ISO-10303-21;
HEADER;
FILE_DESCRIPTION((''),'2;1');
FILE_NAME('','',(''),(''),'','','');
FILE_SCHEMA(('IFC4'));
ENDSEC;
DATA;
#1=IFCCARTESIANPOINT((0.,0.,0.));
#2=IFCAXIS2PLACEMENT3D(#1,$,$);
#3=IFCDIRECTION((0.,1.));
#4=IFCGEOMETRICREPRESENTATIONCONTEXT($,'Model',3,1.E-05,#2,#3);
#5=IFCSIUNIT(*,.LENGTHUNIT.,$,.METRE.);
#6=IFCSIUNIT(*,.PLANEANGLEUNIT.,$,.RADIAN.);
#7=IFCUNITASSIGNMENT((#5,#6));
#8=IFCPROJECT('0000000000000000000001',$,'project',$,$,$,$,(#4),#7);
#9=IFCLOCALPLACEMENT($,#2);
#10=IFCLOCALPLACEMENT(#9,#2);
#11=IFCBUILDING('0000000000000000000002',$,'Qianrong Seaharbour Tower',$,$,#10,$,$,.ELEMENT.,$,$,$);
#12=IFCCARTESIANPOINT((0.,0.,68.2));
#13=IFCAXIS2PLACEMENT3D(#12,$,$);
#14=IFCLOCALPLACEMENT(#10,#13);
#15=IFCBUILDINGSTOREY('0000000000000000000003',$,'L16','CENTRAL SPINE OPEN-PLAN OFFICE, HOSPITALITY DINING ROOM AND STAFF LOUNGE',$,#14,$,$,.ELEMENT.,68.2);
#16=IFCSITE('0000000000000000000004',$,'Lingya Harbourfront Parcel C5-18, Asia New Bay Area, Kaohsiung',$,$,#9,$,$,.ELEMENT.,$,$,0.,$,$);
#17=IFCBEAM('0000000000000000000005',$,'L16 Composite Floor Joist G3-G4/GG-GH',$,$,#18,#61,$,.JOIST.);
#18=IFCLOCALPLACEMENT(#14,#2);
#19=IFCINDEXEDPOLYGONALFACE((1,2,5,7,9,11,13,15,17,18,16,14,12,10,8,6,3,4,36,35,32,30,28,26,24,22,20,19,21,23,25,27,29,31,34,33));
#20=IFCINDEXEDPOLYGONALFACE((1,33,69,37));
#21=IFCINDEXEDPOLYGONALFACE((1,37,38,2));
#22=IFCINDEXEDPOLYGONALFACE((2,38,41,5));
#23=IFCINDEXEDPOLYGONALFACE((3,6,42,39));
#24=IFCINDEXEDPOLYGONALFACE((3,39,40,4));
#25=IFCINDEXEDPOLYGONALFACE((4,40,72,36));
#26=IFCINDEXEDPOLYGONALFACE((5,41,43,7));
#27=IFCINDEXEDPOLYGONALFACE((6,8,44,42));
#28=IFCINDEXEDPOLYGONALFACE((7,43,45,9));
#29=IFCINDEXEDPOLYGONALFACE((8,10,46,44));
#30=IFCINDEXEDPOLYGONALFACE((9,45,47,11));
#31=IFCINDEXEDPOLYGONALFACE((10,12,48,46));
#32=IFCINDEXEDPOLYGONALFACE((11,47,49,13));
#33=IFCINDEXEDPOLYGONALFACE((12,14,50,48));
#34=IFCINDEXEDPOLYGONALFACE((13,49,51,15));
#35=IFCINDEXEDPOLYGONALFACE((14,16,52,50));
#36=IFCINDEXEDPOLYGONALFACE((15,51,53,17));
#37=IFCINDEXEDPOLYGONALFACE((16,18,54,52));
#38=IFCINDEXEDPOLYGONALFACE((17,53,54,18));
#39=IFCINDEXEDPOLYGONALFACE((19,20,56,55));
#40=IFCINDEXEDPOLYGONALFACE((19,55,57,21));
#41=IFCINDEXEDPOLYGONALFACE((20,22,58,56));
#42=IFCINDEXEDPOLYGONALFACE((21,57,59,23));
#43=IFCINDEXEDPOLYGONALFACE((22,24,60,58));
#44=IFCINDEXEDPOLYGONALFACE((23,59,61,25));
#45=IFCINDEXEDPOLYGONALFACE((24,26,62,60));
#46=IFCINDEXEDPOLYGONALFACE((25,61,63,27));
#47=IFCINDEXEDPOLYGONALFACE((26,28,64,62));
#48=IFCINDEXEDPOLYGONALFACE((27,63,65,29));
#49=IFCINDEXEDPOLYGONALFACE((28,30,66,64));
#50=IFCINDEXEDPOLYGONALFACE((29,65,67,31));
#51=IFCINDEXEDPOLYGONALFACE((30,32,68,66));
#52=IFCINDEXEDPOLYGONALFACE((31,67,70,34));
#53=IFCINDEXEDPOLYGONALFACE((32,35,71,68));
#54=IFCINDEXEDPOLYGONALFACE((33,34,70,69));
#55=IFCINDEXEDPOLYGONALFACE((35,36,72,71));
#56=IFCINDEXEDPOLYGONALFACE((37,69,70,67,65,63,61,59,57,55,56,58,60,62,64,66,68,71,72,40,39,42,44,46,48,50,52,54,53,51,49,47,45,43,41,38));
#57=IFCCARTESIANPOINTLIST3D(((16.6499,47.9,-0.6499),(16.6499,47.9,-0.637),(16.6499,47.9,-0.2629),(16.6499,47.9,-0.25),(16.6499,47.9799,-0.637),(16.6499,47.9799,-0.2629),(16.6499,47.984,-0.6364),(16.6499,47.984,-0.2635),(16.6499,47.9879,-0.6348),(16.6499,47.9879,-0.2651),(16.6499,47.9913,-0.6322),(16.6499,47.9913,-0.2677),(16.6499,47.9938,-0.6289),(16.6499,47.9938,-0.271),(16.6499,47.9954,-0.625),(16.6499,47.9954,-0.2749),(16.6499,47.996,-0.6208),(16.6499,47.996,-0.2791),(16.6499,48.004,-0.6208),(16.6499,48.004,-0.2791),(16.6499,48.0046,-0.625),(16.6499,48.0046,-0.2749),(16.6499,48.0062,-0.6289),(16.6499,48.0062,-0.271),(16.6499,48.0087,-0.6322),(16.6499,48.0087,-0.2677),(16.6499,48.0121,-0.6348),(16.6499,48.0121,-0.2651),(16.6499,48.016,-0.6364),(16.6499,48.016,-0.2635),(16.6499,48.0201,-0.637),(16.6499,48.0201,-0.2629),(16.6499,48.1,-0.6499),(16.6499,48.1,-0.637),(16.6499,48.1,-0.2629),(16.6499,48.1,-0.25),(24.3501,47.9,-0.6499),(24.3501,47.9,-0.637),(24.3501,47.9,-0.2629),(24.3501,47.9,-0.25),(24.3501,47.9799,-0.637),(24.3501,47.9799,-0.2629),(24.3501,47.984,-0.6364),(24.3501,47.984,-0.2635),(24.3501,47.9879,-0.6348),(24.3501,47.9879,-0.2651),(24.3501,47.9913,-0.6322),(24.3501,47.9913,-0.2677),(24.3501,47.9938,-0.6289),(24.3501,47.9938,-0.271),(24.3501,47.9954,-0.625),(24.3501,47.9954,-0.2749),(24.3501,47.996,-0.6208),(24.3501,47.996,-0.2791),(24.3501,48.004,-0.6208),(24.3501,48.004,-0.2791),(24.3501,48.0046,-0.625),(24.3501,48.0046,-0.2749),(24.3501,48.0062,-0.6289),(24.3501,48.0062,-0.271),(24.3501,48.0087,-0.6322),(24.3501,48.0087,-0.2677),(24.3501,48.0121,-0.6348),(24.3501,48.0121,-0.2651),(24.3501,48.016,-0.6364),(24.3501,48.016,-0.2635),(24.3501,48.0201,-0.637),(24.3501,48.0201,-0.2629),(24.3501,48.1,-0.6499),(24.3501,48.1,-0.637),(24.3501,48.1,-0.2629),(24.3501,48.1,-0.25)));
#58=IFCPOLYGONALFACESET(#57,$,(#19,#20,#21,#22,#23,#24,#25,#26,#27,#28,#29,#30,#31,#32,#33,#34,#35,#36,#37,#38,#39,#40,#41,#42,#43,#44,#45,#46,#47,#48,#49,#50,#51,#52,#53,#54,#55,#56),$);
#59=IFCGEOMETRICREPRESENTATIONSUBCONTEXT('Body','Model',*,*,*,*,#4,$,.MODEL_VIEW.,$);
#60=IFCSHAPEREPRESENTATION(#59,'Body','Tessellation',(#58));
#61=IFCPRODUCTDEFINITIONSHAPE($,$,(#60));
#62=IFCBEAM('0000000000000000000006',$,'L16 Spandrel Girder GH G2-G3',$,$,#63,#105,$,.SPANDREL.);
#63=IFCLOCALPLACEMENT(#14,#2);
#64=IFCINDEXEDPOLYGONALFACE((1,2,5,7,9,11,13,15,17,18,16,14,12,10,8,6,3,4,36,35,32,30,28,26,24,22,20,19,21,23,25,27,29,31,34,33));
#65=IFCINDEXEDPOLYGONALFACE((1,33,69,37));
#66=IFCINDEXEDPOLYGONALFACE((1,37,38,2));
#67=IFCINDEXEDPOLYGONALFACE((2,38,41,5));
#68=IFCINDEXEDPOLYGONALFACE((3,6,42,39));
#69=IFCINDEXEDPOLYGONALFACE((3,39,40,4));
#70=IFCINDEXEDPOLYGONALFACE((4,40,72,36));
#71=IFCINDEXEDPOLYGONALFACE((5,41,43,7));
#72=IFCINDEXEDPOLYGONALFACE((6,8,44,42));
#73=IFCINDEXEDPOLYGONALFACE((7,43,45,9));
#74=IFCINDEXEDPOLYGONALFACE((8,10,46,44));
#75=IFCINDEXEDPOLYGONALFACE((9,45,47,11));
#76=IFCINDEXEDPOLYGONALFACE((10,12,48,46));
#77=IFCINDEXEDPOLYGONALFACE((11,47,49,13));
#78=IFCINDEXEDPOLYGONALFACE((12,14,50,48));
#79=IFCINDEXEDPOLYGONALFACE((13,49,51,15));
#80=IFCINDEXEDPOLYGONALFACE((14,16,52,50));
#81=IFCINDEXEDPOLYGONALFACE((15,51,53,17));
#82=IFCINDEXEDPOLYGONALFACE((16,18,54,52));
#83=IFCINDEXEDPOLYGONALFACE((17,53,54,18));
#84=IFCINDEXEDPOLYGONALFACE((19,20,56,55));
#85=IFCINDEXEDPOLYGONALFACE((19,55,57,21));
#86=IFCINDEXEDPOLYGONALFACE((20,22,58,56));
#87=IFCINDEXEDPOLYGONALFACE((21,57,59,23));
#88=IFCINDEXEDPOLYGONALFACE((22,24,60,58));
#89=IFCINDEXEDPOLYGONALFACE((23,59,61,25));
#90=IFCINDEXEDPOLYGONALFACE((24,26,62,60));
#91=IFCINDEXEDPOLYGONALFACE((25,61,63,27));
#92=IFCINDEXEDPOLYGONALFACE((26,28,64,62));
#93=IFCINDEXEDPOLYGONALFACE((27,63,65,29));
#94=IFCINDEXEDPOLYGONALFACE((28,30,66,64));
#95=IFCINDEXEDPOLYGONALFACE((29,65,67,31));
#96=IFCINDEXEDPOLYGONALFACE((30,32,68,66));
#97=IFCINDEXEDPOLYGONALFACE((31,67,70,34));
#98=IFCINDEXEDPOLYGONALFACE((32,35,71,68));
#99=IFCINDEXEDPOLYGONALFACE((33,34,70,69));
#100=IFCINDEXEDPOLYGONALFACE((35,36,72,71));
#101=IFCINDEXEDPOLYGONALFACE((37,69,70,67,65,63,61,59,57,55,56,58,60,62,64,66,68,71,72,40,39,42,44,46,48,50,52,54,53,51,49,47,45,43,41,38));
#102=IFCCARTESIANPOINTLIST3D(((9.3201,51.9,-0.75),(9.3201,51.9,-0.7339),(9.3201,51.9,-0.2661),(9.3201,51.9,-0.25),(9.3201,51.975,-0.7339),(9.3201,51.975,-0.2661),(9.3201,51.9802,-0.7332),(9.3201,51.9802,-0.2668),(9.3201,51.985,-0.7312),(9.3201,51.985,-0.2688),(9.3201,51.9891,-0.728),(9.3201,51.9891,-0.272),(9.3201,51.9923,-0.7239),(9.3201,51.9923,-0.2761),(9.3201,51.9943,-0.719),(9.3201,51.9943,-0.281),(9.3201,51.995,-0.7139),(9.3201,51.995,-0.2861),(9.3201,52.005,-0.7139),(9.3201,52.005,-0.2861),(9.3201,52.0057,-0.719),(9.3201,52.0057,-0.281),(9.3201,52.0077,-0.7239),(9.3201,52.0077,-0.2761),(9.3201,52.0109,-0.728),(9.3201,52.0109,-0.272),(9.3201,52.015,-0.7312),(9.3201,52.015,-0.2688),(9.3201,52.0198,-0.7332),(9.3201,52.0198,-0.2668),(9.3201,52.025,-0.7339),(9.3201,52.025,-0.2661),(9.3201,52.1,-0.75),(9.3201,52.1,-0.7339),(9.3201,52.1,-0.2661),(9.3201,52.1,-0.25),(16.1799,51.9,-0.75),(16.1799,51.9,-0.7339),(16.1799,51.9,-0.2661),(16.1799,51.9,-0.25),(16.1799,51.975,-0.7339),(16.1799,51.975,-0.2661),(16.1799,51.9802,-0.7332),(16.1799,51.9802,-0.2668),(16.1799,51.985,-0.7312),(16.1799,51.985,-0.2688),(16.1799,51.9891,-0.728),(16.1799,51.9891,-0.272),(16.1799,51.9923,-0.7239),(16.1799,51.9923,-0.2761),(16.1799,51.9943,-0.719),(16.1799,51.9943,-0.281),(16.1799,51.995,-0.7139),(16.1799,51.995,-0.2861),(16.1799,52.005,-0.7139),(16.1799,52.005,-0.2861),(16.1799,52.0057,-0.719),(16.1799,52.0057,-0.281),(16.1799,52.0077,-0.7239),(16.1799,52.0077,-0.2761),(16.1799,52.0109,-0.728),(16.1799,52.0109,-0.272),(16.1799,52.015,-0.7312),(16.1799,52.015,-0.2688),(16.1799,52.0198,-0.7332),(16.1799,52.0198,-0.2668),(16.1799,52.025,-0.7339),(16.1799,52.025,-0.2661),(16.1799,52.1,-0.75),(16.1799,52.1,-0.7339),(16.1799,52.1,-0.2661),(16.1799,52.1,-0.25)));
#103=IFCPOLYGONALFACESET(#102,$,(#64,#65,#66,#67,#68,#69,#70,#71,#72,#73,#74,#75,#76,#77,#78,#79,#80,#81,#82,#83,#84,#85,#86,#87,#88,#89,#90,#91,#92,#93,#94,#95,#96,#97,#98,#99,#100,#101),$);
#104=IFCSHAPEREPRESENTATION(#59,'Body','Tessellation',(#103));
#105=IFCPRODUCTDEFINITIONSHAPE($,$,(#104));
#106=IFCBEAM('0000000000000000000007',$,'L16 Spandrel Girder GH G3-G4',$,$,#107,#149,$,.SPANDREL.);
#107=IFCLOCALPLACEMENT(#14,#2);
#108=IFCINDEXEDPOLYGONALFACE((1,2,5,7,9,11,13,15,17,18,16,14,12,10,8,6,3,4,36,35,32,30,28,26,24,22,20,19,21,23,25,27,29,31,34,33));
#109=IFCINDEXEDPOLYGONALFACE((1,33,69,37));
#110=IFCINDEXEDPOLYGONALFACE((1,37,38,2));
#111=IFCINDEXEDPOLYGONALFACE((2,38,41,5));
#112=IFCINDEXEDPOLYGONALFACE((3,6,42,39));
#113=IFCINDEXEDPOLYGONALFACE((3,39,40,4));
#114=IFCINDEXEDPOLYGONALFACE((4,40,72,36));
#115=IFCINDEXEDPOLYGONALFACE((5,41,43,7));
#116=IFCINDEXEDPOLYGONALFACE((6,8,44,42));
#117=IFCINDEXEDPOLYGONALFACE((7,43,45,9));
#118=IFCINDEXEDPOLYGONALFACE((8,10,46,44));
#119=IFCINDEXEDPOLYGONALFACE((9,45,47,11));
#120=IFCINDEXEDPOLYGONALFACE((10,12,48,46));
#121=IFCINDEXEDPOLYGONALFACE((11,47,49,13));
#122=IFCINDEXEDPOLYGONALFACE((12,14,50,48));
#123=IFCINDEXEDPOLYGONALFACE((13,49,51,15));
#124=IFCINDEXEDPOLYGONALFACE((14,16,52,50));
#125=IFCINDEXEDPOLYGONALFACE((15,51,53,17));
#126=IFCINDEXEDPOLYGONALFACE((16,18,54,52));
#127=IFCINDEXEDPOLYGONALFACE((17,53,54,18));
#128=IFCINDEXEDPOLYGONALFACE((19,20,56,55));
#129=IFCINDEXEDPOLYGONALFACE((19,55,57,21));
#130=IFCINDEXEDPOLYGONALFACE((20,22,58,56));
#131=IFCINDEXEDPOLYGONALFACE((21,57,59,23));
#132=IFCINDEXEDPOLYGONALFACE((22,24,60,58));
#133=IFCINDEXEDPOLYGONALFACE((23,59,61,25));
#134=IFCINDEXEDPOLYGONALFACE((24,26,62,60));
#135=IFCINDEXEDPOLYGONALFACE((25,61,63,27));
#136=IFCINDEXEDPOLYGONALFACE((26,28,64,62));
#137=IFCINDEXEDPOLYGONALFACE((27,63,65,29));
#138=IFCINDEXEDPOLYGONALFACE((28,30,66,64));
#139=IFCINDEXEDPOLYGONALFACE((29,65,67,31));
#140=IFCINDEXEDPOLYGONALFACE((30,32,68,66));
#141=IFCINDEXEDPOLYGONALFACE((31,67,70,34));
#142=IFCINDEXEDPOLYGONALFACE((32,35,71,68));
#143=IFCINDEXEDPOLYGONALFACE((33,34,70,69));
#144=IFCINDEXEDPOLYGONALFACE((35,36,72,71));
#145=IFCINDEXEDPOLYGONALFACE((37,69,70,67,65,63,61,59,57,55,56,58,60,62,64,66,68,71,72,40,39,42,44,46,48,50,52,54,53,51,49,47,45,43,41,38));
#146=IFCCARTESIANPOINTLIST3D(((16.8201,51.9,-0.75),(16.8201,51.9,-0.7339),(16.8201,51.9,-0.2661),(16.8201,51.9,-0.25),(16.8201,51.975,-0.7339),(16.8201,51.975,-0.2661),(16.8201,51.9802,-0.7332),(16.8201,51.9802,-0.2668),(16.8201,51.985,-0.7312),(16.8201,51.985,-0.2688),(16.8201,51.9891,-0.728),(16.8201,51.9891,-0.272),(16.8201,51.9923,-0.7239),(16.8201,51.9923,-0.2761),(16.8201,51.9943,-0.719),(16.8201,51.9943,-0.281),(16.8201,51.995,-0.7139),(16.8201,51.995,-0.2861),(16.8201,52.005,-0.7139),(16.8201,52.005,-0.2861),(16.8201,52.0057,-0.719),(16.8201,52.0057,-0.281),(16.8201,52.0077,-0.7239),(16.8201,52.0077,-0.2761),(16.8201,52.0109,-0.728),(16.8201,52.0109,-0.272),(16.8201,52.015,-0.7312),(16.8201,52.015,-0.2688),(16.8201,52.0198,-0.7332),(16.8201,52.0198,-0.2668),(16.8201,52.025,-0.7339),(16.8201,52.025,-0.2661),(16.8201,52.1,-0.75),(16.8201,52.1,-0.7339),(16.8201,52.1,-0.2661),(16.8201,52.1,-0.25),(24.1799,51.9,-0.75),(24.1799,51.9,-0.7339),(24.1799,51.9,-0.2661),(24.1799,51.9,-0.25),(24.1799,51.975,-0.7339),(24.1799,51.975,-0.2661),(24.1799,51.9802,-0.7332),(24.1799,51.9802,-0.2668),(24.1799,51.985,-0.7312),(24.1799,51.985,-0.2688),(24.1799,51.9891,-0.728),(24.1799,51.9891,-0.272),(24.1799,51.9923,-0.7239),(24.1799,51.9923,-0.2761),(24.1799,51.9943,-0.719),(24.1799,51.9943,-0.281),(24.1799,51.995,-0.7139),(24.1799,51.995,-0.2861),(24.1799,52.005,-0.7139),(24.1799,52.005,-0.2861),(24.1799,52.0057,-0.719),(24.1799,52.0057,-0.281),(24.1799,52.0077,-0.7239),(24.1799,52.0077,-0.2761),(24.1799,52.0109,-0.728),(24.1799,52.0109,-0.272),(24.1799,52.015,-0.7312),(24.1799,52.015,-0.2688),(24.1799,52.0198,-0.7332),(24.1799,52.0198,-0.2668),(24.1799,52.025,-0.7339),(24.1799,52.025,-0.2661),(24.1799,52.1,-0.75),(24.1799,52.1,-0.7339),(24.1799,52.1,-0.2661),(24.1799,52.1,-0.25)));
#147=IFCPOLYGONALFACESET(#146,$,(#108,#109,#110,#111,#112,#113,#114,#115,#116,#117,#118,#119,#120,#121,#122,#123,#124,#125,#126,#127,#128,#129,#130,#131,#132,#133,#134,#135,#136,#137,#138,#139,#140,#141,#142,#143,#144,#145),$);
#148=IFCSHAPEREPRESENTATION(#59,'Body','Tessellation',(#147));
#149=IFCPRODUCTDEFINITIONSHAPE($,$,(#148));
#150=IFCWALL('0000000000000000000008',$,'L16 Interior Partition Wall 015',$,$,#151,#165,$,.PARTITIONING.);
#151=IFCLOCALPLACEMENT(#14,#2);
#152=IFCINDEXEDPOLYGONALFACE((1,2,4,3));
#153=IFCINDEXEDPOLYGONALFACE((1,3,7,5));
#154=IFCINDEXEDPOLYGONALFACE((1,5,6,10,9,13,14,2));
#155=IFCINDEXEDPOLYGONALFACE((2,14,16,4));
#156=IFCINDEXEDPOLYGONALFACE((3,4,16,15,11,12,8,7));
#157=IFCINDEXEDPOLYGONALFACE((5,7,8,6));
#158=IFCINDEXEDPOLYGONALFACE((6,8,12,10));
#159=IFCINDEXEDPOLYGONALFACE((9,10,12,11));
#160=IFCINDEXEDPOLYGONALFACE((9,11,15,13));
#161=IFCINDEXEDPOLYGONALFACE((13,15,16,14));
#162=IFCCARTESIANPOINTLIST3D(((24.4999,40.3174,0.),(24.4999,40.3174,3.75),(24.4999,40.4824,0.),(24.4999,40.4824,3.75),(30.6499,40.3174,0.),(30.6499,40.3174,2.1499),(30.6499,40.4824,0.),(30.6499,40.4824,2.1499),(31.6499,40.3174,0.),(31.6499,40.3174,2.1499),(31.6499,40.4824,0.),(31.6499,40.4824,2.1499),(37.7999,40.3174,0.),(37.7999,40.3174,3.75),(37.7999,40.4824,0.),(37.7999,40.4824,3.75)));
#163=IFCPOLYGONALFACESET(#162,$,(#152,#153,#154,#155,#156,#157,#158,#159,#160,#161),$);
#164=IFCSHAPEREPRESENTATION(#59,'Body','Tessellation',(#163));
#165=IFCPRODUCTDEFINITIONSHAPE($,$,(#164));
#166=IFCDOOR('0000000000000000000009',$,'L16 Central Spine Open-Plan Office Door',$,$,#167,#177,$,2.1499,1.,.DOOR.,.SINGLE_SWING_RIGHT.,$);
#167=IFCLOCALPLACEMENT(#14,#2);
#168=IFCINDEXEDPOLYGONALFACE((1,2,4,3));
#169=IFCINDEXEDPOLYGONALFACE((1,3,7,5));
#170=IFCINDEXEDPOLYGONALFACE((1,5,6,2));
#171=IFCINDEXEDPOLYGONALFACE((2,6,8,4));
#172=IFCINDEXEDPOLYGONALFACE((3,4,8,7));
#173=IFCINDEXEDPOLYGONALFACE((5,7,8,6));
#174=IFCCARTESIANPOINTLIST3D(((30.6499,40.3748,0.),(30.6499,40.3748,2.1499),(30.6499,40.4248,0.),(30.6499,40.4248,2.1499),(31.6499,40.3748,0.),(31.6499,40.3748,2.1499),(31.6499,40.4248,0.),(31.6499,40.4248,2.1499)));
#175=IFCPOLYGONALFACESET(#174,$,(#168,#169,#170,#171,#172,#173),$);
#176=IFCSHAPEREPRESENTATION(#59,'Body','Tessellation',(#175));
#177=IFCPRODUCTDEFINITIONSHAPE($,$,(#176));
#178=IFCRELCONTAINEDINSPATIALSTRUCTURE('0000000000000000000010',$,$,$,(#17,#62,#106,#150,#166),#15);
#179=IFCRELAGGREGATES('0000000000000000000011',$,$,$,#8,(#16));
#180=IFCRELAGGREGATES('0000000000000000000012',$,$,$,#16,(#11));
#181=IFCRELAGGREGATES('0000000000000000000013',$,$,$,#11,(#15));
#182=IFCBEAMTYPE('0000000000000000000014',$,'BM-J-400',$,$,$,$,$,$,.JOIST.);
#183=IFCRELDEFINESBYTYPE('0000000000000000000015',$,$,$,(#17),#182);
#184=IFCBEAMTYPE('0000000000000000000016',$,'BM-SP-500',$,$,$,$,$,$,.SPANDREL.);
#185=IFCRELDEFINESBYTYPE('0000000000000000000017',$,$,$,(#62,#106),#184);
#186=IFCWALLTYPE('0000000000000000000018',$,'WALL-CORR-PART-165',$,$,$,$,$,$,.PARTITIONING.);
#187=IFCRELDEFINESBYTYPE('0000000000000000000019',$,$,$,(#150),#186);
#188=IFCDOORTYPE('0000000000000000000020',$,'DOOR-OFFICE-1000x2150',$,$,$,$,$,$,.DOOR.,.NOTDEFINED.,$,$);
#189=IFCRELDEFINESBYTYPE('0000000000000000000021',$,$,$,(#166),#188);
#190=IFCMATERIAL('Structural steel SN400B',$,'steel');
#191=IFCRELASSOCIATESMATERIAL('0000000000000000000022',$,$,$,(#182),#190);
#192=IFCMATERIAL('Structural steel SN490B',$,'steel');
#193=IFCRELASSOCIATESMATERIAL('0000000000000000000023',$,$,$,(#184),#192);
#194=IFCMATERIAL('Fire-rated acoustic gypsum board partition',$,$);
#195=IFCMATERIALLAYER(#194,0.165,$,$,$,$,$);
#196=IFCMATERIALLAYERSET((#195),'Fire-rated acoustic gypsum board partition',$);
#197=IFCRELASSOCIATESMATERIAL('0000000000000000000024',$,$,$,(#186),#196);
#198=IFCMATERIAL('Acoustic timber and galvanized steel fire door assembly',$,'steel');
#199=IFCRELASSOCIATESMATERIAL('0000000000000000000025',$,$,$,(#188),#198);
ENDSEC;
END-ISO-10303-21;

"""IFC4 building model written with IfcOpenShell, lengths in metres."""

from ifc_helpers import new_model, si_unit, direction, frame, frame_2d, origin, origin_2d, place, context, subcontext, project, spatial, rectangle, i_section, extrude, material, layer, layer_set, material_profile, profile_set, type_object, element, fill, save


model = new_model("IFC4")

# Units and contexts
model_context = context("Model", 3, precision=1e-05, world=origin(), true_north=direction((0.0, 1.0)))
body_context = subcontext(model_context, "Body", "Model", "MODEL_VIEW")
ifc_project = project(units=[si_unit("LENGTHUNIT", "METRE"), si_unit("PLANEANGLEUNIT", "RADIAN")], contexts=[model_context])

# Site, building, storey
site_placement = place(None, origin())
site = spatial("IfcSite", under=ifc_project, at=site_placement, Name="Lingya Harbourfront Parcel C5-18, Asia New Bay Area, Kaohsiung", CompositionType="ELEMENT", RefElevation=0.0)
building_placement = place(site_placement, origin())
building = spatial("IfcBuilding", under=site, at=building_placement, Name="Qianrong Seaharbour Tower", CompositionType="ELEMENT")
storey_placement = place(building_placement, frame((0.0, 0.0, 68.2)))
storey = spatial("IfcBuildingStorey", under=building, at=storey_placement, Name="L16", Description="CENTRAL SPINE OPEN-PLAN OFFICE, HOSPITALITY DINING ROOM AND STAFF LOUNGE", CompositionType="ELEMENT", Elevation=68.2)

# Shared definitions
ifc_material_1 = material(Name="Structural steel SN490B", Category="steel")

# Beams
ifc_material_2 = material(Name="Structural steel SN400B", Category="steel")
ifc_material_profile_1 = material_profile(ifc_material_2, i_section(OverallWidth=0.2, OverallDepth=0.3999, WebThickness=0.0081, FlangeThickness=0.0129, FilletRadius=0.0161, at=origin_2d()), Name="H400x200x8x13")
ifc_profile_set_1 = profile_set([ifc_material_profile_1], Name="Structural steel SN400B")
beam_type_1 = type_object("IfcBeamType", Name="BM-J-400", PredefinedType="JOIST", material=ifc_profile_set_1)
for number, where, z_axis, x_axis, name in (
    (1, (16.6499, 48.0, -0.45), (1.0, 0.0, 0.0), (0.0, 1.0, 0.0), "L16 Composite Floor Joist G3-G4/GG-GH"),
):
    element("IfcBeam", number, at=place(storey_placement, frame(where, z_axis=z_axis, x_axis=x_axis)), inside=storey, type_object=beam_type_1, Name=name, PredefinedType="JOIST", context=body_context, shape_type="SweptSolid", body=[
        extrude(i_section(OverallWidth=0.2, OverallDepth=0.3999, WebThickness=0.0081, FlangeThickness=0.0129, FilletRadius=0.0161, at=origin_2d()), origin(), (0.0, 0.0, 1.0), 7.7002),
    ])
ifc_material_profile_2 = material_profile(ifc_material_1, i_section(OverallWidth=0.2, OverallDepth=0.5, WebThickness=0.01, FlangeThickness=0.0161, FilletRadius=0.02, at=origin_2d()), Name="H500x200x10x16")
ifc_profile_set_2 = profile_set([ifc_material_profile_2], Name="Structural steel SN490B")
beam_type_2 = type_object("IfcBeamType", Name="BM-SP-500", PredefinedType="SPANDREL", material=ifc_profile_set_2)
beam_1_placement = place(storey_placement, frame((9.3201, 52.0, -0.5), z_axis=(1.0, 0.0, 0.0), x_axis=(0.0, 1.0, 0.0)))
element("IfcBeam", 2, at=beam_1_placement, inside=storey, type_object=beam_type_2, Name="L16 Spandrel Girder GH G2-G3", PredefinedType="SPANDREL", context=body_context, shape_type="SweptSolid", body=[
    extrude(i_section(OverallWidth=0.2, OverallDepth=0.5, WebThickness=0.01, FlangeThickness=0.0161, FilletRadius=0.02, at=origin_2d()), origin(), (0.0, 0.0, 1.0), 6.8599),
])
beam_2_placement = place(storey_placement, frame((16.8201, 52.0, -0.5), z_axis=(1.0, 0.0, 0.0), x_axis=(0.0, 1.0, 0.0)))
element("IfcBeam", 3, at=beam_2_placement, inside=storey, type_object=beam_type_2, Name="L16 Spandrel Girder GH G3-G4", PredefinedType="SPANDREL", context=body_context, shape_type="SweptSolid", body=[
    extrude(i_section(OverallWidth=0.2, OverallDepth=0.5, WebThickness=0.01, FlangeThickness=0.0161, FilletRadius=0.02, at=origin_2d()), origin(), (0.0, 0.0, 1.0), 7.3599),
])

# Wall, opening, door
ifc_material_3 = material(Name="Fire-rated acoustic gypsum board partition")
ifc_layer_1 = layer(ifc_material_3, 0.165)
ifc_layer_set_1 = layer_set([ifc_layer_1], Name="Fire-rated acoustic gypsum board partition")
wall_type_1 = type_object("IfcWallType", Name="WALL-CORR-PART-165", PredefinedType="PARTITIONING", material=ifc_layer_set_1)
wall_1_placement = place(storey_placement, frame((24.5, 40.3999, 0.0), z_axis=(0.0, 0.0, 1.0), x_axis=(1.0, 0.0, 0.0)))
wall_1 = element("IfcWall", 4, at=wall_1_placement, inside=storey, type_object=wall_type_1, Name="L16 Interior Partition Wall 015", PredefinedType="PARTITIONING", context=body_context, shape_type="SweptSolid", body=[
    extrude(rectangle(XDim=13.3, YDim=0.165, at=frame_2d((6.6499, 0.0))), origin(), (0.0, 0.0, 1.0), 3.75),
])
opening_1_placement = place(wall_1_placement, frame((6.1499, 0.0, 0.0)))
opening_1 = element("IfcOpeningElement", 5, at=opening_1_placement, cuts=wall_1, PredefinedType="OPENING", context=body_context, shape_type="SweptSolid", body=[
    extrude(rectangle(XDim=1.0, YDim=2.1499, at=frame_2d((0.5, 1.075))), frame((0.0, 0.0925, 0.0), z_axis=(0.0, -1.0, 0.0), x_axis=(1.0, 0.0, 0.0)), (0.0, 0.0, 1.0), 0.1851),
])
ifc_material_4 = material(Name="Acoustic timber and galvanized steel fire door assembly", Category="steel")
door_type = type_object("IfcDoorType", Name="DOOR-OFFICE-1000x2150", OperationType="NOTDEFINED", PredefinedType="DOOR", material=ifc_material_4)
door_1_placement = place(opening_1_placement, origin())
door_1 = element("IfcDoor", 6, at=door_1_placement, inside=storey, type_object=door_type, Name="L16 Central Spine Open-Plan Office Door", OperationType="SINGLE_SWING_RIGHT", OverallHeight=2.1499, OverallWidth=1.0, PredefinedType="DOOR", context=body_context, shape_type="SweptSolid", body=[
    extrude(rectangle(XDim=1.0, YDim=2.1499, at=frame_2d((0.5, 1.075))), frame((0.0, 0.0249, 0.0), z_axis=(0.0, -1.0, 0.0), x_axis=(1.0, 0.0, 0.0)), (0.0, 0.0, 1.0), 0.05),
])
fill(opening_1, door_1)

save(model, "model.ifc")
